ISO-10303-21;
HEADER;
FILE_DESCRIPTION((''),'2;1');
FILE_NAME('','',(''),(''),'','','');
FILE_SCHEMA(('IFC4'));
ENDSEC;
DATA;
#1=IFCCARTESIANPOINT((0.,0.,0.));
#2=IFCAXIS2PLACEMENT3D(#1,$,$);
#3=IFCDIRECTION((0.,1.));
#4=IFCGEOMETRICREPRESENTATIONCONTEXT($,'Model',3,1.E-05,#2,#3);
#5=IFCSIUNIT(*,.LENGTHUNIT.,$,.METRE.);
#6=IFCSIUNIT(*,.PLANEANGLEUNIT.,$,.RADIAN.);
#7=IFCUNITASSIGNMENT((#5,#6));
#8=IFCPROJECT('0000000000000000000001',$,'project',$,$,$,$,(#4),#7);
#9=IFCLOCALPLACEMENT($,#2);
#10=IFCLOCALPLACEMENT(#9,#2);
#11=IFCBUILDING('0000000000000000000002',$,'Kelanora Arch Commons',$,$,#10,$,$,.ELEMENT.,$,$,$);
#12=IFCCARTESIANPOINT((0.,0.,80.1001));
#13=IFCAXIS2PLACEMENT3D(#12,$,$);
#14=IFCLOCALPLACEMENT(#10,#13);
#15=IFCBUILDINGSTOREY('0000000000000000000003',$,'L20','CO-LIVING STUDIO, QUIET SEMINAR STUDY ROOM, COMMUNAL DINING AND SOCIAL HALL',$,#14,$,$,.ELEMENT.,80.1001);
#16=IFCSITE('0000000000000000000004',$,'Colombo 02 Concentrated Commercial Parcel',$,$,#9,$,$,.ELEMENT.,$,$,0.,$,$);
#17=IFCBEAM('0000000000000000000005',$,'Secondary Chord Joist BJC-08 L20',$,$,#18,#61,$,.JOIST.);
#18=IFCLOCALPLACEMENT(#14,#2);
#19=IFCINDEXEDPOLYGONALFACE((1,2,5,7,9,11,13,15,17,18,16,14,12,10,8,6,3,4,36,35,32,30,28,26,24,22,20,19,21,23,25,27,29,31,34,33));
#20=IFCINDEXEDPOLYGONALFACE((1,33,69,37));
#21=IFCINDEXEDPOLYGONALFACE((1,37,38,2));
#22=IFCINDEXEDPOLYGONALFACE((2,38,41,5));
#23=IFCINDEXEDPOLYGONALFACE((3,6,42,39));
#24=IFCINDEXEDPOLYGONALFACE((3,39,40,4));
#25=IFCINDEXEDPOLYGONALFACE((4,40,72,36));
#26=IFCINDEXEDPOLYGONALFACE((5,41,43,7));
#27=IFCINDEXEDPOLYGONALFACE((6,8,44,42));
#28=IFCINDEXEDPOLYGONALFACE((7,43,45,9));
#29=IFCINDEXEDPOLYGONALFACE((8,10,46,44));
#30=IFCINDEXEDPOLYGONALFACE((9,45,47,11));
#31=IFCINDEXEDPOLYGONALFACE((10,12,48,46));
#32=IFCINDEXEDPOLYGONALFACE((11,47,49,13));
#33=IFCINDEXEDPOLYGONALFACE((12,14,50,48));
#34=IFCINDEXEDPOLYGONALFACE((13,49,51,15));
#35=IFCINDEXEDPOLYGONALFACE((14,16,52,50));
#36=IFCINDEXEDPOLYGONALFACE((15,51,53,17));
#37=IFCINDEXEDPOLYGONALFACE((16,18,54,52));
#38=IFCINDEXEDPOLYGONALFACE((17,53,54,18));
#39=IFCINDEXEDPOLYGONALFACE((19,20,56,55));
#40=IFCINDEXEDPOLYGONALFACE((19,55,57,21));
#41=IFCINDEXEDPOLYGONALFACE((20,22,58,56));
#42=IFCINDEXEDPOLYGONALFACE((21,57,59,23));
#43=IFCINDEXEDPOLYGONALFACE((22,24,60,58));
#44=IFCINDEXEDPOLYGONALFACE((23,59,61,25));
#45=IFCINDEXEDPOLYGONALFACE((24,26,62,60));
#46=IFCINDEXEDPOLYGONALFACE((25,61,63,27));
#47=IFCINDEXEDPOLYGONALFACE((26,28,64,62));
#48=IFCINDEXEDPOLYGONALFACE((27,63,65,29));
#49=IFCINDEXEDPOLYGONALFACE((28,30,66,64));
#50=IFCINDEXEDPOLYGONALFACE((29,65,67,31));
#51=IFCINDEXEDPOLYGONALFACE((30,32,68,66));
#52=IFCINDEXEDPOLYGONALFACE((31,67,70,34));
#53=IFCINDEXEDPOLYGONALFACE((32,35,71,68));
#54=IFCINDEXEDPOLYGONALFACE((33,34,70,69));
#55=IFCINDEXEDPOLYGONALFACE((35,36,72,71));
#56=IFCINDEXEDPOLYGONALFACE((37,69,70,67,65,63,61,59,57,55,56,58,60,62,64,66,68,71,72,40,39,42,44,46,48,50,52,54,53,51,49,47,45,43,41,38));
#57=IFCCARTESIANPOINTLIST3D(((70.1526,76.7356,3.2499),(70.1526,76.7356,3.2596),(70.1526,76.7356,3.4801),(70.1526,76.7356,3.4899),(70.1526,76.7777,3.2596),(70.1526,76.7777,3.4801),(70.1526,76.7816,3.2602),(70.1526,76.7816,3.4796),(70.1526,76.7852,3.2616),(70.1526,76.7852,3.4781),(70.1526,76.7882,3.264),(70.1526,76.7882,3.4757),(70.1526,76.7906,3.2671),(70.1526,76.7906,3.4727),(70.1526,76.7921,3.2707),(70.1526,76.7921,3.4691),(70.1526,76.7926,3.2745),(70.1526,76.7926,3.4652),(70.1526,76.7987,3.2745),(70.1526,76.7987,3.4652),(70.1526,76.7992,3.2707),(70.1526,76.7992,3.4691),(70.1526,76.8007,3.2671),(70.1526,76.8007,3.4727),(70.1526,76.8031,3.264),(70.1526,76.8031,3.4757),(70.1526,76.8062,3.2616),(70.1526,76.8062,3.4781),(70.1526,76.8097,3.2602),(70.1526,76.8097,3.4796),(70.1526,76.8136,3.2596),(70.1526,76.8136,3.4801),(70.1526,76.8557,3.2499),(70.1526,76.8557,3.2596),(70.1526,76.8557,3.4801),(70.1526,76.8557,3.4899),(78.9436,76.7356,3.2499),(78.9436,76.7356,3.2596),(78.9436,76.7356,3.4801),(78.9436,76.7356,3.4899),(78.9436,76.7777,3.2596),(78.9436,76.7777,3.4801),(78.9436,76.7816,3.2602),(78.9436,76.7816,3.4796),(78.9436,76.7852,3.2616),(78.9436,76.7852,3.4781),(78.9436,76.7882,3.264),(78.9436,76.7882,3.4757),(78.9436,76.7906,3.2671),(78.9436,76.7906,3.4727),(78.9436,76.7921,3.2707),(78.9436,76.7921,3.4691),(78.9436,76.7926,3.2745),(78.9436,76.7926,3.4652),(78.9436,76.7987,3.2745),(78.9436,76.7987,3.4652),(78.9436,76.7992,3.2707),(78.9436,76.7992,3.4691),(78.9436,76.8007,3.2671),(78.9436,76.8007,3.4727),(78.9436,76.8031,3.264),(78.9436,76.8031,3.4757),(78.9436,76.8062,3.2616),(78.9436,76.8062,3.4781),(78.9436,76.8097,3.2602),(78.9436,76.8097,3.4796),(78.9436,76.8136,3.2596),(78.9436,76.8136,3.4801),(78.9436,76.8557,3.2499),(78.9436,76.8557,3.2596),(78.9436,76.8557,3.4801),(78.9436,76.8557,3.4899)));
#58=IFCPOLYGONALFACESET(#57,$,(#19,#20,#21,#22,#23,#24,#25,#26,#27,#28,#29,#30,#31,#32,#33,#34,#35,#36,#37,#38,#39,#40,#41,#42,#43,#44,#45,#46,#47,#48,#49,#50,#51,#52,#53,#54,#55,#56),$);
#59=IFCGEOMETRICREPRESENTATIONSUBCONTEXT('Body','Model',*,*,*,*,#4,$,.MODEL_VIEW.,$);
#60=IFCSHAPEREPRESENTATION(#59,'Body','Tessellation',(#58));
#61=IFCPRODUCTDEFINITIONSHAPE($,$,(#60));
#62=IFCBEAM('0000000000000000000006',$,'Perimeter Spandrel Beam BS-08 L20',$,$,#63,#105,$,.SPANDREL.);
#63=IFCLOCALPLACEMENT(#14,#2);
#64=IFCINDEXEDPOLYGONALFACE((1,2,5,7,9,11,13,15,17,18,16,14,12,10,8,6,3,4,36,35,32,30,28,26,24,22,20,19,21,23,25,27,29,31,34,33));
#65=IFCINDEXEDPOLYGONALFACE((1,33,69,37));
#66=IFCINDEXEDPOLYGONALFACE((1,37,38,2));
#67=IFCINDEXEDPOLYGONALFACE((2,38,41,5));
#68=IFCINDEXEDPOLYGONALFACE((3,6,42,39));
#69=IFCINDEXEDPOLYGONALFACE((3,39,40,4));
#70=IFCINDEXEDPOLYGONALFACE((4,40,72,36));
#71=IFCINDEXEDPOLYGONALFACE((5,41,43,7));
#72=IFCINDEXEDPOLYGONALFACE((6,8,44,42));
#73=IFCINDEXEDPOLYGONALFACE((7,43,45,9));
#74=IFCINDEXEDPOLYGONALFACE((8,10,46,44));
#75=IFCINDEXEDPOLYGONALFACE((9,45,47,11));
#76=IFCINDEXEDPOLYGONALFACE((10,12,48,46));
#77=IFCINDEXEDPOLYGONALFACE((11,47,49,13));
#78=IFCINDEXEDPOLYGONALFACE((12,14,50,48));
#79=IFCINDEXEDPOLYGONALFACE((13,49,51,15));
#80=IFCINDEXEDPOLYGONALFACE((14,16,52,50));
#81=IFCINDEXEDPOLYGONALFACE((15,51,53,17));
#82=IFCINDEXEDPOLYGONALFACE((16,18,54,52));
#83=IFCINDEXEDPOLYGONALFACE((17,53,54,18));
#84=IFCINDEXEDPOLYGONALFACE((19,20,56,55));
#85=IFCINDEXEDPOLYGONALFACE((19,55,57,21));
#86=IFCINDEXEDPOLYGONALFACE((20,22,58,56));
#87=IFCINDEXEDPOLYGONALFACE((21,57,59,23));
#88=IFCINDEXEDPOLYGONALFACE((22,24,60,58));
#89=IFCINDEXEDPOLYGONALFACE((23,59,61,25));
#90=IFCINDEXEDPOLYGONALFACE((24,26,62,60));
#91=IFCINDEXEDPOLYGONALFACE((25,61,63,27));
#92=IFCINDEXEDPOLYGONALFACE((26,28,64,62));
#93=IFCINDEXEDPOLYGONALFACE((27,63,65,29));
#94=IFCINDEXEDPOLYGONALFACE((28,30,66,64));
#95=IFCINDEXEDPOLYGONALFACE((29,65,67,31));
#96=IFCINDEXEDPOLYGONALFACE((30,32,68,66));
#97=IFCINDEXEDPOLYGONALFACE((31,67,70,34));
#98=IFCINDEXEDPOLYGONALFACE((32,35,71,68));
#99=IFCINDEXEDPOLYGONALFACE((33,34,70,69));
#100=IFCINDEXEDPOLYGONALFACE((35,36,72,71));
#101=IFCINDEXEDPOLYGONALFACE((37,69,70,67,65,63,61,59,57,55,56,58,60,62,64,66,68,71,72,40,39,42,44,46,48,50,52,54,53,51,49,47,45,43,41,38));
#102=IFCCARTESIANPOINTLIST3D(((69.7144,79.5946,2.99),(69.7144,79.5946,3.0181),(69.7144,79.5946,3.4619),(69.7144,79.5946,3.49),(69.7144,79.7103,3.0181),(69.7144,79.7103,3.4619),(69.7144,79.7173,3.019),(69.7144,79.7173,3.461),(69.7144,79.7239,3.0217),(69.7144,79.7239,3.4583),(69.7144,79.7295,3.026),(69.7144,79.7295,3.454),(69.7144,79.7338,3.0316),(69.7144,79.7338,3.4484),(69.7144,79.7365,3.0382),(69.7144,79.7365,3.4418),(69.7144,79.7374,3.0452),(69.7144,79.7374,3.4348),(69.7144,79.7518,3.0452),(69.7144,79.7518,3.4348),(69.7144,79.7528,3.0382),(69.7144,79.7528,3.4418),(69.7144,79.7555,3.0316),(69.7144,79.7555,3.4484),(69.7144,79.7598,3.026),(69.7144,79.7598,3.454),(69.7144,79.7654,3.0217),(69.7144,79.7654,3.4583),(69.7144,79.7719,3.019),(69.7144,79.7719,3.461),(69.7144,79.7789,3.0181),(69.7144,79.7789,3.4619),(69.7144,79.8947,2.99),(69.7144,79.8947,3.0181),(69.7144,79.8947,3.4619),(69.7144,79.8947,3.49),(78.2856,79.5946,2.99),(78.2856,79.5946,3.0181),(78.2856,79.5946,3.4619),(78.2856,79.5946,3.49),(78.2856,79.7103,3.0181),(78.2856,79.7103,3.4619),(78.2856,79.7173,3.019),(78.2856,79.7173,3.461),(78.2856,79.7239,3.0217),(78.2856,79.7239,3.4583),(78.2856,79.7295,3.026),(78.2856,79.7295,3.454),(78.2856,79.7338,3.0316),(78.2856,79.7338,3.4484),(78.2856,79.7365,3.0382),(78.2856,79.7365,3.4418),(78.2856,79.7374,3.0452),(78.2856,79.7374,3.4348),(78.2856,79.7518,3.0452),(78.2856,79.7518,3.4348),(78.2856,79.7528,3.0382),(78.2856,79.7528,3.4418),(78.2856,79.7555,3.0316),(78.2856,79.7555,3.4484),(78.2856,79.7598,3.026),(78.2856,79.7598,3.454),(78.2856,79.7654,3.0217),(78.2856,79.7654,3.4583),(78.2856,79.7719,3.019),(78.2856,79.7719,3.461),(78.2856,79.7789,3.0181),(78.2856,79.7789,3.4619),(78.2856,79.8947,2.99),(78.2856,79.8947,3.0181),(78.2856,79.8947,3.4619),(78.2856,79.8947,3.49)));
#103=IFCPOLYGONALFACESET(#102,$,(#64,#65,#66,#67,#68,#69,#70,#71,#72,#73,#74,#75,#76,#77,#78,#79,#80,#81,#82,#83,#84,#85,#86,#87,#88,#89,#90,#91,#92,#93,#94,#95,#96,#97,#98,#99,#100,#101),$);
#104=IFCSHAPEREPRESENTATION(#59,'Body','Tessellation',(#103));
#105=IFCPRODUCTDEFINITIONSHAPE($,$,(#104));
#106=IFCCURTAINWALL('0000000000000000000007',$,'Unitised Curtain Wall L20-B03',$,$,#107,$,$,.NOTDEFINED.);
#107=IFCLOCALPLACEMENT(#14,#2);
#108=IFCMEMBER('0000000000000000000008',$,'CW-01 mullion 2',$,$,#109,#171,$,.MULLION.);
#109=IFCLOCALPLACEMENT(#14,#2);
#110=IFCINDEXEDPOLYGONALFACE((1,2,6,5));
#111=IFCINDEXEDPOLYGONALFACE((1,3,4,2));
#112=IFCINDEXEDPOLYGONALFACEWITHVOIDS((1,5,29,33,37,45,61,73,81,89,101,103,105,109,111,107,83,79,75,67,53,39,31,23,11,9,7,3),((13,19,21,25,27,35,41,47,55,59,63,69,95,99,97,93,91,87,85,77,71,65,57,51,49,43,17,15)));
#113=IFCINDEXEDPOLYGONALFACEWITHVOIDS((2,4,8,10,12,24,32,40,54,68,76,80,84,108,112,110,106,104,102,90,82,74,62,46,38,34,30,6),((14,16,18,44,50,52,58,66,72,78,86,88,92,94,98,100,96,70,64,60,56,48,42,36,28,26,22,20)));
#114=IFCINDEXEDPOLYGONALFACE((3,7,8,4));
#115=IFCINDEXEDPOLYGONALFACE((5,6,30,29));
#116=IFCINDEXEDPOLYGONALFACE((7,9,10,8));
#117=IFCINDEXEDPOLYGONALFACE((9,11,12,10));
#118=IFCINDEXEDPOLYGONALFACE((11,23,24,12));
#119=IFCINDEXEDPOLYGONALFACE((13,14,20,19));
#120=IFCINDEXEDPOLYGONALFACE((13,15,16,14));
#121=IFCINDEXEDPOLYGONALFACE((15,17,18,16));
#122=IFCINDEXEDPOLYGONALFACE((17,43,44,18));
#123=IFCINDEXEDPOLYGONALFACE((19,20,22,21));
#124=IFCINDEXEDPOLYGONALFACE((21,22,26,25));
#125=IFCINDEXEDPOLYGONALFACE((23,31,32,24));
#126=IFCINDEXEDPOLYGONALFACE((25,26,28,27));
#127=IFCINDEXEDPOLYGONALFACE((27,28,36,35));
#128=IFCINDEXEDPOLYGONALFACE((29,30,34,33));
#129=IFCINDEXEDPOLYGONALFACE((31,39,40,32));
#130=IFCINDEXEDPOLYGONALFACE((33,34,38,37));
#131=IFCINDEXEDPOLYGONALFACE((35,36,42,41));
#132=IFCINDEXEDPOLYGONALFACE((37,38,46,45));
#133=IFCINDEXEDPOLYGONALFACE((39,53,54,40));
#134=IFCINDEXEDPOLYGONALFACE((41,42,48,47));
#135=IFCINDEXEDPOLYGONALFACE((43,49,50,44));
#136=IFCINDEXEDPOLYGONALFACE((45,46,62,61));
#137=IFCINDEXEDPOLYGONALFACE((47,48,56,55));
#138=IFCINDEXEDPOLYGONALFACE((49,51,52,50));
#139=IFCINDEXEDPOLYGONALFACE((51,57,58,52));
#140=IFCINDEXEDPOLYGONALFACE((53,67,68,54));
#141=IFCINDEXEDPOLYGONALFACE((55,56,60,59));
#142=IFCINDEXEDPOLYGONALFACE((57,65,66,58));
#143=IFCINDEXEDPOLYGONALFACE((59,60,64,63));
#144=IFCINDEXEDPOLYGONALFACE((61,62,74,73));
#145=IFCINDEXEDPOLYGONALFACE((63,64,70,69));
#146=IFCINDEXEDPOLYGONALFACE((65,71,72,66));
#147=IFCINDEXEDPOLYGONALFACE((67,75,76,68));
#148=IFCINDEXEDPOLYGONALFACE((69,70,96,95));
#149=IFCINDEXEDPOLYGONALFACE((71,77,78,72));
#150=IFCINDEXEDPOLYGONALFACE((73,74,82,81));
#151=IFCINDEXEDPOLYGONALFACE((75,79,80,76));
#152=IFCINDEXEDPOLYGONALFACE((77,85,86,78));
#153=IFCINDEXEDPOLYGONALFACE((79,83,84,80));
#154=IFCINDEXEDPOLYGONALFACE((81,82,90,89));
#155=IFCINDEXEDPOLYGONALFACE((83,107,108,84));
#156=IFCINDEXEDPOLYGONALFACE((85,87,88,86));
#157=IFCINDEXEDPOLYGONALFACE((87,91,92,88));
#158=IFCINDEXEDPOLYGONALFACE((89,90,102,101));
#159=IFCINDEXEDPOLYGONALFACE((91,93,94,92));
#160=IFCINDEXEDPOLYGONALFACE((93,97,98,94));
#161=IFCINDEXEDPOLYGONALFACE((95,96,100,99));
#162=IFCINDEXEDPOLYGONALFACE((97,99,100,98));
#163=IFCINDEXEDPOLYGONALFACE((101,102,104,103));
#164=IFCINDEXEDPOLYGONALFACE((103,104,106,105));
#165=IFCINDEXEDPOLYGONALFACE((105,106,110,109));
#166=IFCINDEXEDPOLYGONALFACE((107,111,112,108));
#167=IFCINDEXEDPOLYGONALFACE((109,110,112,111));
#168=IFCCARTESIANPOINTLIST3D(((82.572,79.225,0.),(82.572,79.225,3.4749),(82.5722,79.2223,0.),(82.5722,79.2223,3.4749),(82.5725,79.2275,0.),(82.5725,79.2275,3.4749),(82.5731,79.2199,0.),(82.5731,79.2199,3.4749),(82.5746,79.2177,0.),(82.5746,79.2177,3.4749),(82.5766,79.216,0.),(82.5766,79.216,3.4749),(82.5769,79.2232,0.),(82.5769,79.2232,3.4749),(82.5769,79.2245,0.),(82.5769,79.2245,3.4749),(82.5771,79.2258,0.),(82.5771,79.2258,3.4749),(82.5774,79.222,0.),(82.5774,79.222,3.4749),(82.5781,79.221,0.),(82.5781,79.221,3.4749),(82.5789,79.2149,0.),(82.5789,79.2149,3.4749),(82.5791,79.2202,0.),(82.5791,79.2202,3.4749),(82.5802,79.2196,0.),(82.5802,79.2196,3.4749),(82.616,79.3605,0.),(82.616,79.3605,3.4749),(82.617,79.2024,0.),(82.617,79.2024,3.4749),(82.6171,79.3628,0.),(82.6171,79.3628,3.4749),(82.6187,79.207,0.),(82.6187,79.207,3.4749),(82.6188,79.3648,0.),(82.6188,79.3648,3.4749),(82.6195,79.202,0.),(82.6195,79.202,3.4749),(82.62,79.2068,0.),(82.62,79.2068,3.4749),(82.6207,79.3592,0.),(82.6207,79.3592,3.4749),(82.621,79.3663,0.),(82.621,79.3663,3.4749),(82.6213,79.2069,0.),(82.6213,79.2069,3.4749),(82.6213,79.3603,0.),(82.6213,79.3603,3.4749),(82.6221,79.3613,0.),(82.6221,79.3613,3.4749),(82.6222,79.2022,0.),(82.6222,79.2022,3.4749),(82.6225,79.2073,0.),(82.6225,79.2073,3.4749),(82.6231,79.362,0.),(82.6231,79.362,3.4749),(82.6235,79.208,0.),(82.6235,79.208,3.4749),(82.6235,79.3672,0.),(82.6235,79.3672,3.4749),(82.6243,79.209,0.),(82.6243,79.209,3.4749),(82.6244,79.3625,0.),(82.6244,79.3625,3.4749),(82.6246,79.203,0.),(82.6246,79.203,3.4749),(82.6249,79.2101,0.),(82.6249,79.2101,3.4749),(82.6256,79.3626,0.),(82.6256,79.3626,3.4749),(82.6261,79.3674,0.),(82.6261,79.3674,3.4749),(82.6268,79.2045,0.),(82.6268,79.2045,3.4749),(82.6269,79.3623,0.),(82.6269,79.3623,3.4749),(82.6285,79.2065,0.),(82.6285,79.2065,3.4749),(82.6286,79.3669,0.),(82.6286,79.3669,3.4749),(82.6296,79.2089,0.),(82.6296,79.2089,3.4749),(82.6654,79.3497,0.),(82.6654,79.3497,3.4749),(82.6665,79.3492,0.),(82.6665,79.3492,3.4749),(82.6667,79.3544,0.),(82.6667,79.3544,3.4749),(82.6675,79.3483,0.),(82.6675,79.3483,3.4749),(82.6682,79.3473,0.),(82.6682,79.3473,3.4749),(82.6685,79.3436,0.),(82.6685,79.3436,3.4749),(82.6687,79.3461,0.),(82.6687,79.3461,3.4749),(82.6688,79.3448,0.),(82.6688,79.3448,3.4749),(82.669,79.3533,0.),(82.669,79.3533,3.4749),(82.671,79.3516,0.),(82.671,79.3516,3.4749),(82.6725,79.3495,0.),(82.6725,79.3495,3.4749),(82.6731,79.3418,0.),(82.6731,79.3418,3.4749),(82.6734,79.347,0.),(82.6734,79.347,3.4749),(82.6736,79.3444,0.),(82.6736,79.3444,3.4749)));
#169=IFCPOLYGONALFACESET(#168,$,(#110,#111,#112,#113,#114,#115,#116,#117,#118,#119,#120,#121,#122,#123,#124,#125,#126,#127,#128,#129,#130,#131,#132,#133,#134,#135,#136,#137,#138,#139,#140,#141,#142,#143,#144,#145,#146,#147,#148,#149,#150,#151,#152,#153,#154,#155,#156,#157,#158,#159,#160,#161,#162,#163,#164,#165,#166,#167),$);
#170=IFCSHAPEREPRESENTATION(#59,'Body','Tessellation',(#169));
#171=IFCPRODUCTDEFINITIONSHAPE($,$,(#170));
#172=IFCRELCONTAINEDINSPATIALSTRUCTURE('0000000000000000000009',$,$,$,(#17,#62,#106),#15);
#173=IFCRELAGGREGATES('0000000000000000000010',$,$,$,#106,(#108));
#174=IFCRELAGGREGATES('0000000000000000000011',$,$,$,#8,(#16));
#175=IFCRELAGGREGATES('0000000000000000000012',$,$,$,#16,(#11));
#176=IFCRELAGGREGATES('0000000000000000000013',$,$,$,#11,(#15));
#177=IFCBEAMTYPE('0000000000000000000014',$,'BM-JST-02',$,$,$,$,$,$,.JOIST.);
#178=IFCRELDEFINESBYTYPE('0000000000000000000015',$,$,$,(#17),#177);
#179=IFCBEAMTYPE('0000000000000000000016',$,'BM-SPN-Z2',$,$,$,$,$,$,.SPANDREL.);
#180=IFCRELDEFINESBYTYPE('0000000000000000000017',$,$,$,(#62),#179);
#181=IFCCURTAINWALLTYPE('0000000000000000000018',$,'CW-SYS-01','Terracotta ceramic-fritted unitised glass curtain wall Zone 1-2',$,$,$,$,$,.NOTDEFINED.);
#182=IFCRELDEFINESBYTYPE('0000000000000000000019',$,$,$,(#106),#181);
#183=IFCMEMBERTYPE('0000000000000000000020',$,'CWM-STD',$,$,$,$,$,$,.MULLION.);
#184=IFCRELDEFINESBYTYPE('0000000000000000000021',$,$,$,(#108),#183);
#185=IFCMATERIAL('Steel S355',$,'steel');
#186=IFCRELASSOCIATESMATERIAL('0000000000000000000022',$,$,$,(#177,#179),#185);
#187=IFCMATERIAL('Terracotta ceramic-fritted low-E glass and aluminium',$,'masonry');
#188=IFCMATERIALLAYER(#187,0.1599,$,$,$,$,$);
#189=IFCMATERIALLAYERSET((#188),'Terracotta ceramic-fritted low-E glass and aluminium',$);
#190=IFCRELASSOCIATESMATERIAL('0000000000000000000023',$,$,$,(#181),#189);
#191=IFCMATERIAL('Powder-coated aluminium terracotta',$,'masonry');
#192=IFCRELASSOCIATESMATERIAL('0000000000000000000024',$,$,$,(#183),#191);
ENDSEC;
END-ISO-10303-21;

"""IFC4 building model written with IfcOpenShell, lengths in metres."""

from ifc_helpers import new_model, si_unit, direction, frame, origin, origin_2d, place, context, subcontext, project, spatial, hollow_rectangle, i_section, extrude, material, layer, layer_set, material_profile, profile_set, type_object, element, aggregate, save


model = new_model("IFC4")

# Units and contexts
model_context = context("Model", 3, precision=1e-05, world=origin(), true_north=direction((0.0, 1.0)))
body_context = subcontext(model_context, "Body", "Model", "MODEL_VIEW")
ifc_project = project(units=[si_unit("LENGTHUNIT", "METRE"), si_unit("PLANEANGLEUNIT", "RADIAN")], contexts=[model_context])

# Site, building, storey
site_placement = place(None, origin())
site = spatial("IfcSite", under=ifc_project, at=site_placement, Name="Colombo 02 Concentrated Commercial Parcel", CompositionType="ELEMENT", RefElevation=0.0)
building_placement = place(site_placement, origin())
building = spatial("IfcBuilding", under=site, at=building_placement, Name="Kelanora Arch Commons", CompositionType="ELEMENT")
storey_placement = place(building_placement, frame((0.0, 0.0, 80.1001)))
storey = spatial("IfcBuildingStorey", under=building, at=storey_placement, Name="L20", Description="CO-LIVING STUDIO, QUIET SEMINAR STUDY ROOM, COMMUNAL DINING AND SOCIAL HALL", CompositionType="ELEMENT", Elevation=80.1001)

# Beams
ifc_material_1 = material(Name="Steel S355", Category="steel")
ifc_material_profile_1 = material_profile(ifc_material_1, i_section(OverallWidth=0.1201, OverallDepth=0.24, WebThickness=0.0061, FlangeThickness=0.0098, FilletRadius=0.0149, at=origin_2d()), Name="IPE240")
ifc_profile_set_1 = profile_set([ifc_material_profile_1], Name="Steel S355")
beam_type_1 = type_object("IfcBeamType", Name="BM-JST-02", PredefinedType="JOIST", material=ifc_profile_set_1)
beam_1_placement = place(storey_placement, frame((78.9436, 76.7957, 3.3699), z_axis=(-1.0, 0.0, 0.0), x_axis=(0.0, -1.0, 0.0)))
element("IfcBeam", 1, at=beam_1_placement, inside=storey, type_object=beam_type_1, Name="Secondary Chord Joist BJC-08 L20", PredefinedType="JOIST", context=body_context, shape_type="SweptSolid", body=[
    extrude(i_section(OverallWidth=0.1201, OverallDepth=0.24, WebThickness=0.0061, FlangeThickness=0.0098, FilletRadius=0.0149, at=origin_2d()), origin(), (0.0, 0.0, 1.0), 8.791),
])
ifc_material_profile_2 = material_profile(ifc_material_1, i_section(OverallWidth=0.3, OverallDepth=0.5, WebThickness=0.0144, FlangeThickness=0.0281, FilletRadius=0.0271, at=origin_2d()), Name="HEB500")
ifc_profile_set_2 = profile_set([ifc_material_profile_2], Name="Steel S355")
beam_type_2 = type_object("IfcBeamType", Name="BM-SPN-Z2", PredefinedType="SPANDREL", material=ifc_profile_set_2)
beam_2_placement = place(storey_placement, frame((78.2856, 79.7446, 3.24), z_axis=(-1.0, 0.0, 0.0), x_axis=(0.0, -1.0, 0.0)))
element("IfcBeam", 2, at=beam_2_placement, inside=storey, type_object=beam_type_2, Name="Perimeter Spandrel Beam BS-08 L20", PredefinedType="SPANDREL", context=body_context, shape_type="SweptSolid", body=[
    extrude(i_section(OverallWidth=0.3, OverallDepth=0.5, WebThickness=0.0144, FlangeThickness=0.0281, FilletRadius=0.0271, at=origin_2d()), origin(), (0.0, 0.0, 1.0), 8.5713),
])

# Curtain wall, member
ifc_material_2 = material(Name="Terracotta ceramic-fritted low-E glass and aluminium", Category="masonry")
ifc_layer_1 = layer(ifc_material_2, 0.1599)
ifc_layer_set_1 = layer_set([ifc_layer_1], Name="Terracotta ceramic-fritted low-E glass and aluminium")
curtain_wall_type = type_object("IfcCurtainWallType", Name="CW-SYS-01", Description="Terracotta ceramic-fritted unitised glass curtain wall Zone 1-2", PredefinedType="NOTDEFINED", material=ifc_layer_set_1)
curtain_wall_placement = place(storey_placement, origin())
curtain_wall = element("IfcCurtainWall", 3, at=curtain_wall_placement, inside=storey, type_object=curtain_wall_type, Name="Unitised Curtain Wall L20-B03", PredefinedType="NOTDEFINED")
ifc_material_3 = material(Name="Powder-coated aluminium terracotta", Category="masonry")
ifc_material_profile_3 = material_profile(ifc_material_3, hollow_rectangle(XDim=0.1599, YDim=0.0601, WallThickness=0.0049, InnerFilletRadius=0.0049, OuterFilletRadius=0.01, at=origin_2d()), Name="CWM160x60")
ifc_profile_set_3 = profile_set([ifc_material_profile_3], Name="Powder-coated aluminium terracotta")
member_type_1 = type_object("IfcMemberType", Name="CWM-STD", PredefinedType="MULLION", material=ifc_profile_set_3)
member_1_placement = place(storey_placement, frame((82.6228, 79.2847, 0.0), z_axis=(0.0, 0.0, 1.0), x_axis=(-0.310805, -0.950474, 0.0)))
member_1 = element("IfcMember", 4, at=member_1_placement, type_object=member_type_1, Name="CW-01 mullion 2", PredefinedType="MULLION", context=body_context, shape_type="SweptSolid", body=[
    extrude(hollow_rectangle(XDim=0.1599, YDim=0.0601, WallThickness=0.0049, InnerFilletRadius=0.0049, OuterFilletRadius=0.01, at=origin_2d()), origin(), (0.0, 0.0, 1.0), 3.4749),
])
aggregate(curtain_wall, [member_1])

save(model, "model.ifc")
